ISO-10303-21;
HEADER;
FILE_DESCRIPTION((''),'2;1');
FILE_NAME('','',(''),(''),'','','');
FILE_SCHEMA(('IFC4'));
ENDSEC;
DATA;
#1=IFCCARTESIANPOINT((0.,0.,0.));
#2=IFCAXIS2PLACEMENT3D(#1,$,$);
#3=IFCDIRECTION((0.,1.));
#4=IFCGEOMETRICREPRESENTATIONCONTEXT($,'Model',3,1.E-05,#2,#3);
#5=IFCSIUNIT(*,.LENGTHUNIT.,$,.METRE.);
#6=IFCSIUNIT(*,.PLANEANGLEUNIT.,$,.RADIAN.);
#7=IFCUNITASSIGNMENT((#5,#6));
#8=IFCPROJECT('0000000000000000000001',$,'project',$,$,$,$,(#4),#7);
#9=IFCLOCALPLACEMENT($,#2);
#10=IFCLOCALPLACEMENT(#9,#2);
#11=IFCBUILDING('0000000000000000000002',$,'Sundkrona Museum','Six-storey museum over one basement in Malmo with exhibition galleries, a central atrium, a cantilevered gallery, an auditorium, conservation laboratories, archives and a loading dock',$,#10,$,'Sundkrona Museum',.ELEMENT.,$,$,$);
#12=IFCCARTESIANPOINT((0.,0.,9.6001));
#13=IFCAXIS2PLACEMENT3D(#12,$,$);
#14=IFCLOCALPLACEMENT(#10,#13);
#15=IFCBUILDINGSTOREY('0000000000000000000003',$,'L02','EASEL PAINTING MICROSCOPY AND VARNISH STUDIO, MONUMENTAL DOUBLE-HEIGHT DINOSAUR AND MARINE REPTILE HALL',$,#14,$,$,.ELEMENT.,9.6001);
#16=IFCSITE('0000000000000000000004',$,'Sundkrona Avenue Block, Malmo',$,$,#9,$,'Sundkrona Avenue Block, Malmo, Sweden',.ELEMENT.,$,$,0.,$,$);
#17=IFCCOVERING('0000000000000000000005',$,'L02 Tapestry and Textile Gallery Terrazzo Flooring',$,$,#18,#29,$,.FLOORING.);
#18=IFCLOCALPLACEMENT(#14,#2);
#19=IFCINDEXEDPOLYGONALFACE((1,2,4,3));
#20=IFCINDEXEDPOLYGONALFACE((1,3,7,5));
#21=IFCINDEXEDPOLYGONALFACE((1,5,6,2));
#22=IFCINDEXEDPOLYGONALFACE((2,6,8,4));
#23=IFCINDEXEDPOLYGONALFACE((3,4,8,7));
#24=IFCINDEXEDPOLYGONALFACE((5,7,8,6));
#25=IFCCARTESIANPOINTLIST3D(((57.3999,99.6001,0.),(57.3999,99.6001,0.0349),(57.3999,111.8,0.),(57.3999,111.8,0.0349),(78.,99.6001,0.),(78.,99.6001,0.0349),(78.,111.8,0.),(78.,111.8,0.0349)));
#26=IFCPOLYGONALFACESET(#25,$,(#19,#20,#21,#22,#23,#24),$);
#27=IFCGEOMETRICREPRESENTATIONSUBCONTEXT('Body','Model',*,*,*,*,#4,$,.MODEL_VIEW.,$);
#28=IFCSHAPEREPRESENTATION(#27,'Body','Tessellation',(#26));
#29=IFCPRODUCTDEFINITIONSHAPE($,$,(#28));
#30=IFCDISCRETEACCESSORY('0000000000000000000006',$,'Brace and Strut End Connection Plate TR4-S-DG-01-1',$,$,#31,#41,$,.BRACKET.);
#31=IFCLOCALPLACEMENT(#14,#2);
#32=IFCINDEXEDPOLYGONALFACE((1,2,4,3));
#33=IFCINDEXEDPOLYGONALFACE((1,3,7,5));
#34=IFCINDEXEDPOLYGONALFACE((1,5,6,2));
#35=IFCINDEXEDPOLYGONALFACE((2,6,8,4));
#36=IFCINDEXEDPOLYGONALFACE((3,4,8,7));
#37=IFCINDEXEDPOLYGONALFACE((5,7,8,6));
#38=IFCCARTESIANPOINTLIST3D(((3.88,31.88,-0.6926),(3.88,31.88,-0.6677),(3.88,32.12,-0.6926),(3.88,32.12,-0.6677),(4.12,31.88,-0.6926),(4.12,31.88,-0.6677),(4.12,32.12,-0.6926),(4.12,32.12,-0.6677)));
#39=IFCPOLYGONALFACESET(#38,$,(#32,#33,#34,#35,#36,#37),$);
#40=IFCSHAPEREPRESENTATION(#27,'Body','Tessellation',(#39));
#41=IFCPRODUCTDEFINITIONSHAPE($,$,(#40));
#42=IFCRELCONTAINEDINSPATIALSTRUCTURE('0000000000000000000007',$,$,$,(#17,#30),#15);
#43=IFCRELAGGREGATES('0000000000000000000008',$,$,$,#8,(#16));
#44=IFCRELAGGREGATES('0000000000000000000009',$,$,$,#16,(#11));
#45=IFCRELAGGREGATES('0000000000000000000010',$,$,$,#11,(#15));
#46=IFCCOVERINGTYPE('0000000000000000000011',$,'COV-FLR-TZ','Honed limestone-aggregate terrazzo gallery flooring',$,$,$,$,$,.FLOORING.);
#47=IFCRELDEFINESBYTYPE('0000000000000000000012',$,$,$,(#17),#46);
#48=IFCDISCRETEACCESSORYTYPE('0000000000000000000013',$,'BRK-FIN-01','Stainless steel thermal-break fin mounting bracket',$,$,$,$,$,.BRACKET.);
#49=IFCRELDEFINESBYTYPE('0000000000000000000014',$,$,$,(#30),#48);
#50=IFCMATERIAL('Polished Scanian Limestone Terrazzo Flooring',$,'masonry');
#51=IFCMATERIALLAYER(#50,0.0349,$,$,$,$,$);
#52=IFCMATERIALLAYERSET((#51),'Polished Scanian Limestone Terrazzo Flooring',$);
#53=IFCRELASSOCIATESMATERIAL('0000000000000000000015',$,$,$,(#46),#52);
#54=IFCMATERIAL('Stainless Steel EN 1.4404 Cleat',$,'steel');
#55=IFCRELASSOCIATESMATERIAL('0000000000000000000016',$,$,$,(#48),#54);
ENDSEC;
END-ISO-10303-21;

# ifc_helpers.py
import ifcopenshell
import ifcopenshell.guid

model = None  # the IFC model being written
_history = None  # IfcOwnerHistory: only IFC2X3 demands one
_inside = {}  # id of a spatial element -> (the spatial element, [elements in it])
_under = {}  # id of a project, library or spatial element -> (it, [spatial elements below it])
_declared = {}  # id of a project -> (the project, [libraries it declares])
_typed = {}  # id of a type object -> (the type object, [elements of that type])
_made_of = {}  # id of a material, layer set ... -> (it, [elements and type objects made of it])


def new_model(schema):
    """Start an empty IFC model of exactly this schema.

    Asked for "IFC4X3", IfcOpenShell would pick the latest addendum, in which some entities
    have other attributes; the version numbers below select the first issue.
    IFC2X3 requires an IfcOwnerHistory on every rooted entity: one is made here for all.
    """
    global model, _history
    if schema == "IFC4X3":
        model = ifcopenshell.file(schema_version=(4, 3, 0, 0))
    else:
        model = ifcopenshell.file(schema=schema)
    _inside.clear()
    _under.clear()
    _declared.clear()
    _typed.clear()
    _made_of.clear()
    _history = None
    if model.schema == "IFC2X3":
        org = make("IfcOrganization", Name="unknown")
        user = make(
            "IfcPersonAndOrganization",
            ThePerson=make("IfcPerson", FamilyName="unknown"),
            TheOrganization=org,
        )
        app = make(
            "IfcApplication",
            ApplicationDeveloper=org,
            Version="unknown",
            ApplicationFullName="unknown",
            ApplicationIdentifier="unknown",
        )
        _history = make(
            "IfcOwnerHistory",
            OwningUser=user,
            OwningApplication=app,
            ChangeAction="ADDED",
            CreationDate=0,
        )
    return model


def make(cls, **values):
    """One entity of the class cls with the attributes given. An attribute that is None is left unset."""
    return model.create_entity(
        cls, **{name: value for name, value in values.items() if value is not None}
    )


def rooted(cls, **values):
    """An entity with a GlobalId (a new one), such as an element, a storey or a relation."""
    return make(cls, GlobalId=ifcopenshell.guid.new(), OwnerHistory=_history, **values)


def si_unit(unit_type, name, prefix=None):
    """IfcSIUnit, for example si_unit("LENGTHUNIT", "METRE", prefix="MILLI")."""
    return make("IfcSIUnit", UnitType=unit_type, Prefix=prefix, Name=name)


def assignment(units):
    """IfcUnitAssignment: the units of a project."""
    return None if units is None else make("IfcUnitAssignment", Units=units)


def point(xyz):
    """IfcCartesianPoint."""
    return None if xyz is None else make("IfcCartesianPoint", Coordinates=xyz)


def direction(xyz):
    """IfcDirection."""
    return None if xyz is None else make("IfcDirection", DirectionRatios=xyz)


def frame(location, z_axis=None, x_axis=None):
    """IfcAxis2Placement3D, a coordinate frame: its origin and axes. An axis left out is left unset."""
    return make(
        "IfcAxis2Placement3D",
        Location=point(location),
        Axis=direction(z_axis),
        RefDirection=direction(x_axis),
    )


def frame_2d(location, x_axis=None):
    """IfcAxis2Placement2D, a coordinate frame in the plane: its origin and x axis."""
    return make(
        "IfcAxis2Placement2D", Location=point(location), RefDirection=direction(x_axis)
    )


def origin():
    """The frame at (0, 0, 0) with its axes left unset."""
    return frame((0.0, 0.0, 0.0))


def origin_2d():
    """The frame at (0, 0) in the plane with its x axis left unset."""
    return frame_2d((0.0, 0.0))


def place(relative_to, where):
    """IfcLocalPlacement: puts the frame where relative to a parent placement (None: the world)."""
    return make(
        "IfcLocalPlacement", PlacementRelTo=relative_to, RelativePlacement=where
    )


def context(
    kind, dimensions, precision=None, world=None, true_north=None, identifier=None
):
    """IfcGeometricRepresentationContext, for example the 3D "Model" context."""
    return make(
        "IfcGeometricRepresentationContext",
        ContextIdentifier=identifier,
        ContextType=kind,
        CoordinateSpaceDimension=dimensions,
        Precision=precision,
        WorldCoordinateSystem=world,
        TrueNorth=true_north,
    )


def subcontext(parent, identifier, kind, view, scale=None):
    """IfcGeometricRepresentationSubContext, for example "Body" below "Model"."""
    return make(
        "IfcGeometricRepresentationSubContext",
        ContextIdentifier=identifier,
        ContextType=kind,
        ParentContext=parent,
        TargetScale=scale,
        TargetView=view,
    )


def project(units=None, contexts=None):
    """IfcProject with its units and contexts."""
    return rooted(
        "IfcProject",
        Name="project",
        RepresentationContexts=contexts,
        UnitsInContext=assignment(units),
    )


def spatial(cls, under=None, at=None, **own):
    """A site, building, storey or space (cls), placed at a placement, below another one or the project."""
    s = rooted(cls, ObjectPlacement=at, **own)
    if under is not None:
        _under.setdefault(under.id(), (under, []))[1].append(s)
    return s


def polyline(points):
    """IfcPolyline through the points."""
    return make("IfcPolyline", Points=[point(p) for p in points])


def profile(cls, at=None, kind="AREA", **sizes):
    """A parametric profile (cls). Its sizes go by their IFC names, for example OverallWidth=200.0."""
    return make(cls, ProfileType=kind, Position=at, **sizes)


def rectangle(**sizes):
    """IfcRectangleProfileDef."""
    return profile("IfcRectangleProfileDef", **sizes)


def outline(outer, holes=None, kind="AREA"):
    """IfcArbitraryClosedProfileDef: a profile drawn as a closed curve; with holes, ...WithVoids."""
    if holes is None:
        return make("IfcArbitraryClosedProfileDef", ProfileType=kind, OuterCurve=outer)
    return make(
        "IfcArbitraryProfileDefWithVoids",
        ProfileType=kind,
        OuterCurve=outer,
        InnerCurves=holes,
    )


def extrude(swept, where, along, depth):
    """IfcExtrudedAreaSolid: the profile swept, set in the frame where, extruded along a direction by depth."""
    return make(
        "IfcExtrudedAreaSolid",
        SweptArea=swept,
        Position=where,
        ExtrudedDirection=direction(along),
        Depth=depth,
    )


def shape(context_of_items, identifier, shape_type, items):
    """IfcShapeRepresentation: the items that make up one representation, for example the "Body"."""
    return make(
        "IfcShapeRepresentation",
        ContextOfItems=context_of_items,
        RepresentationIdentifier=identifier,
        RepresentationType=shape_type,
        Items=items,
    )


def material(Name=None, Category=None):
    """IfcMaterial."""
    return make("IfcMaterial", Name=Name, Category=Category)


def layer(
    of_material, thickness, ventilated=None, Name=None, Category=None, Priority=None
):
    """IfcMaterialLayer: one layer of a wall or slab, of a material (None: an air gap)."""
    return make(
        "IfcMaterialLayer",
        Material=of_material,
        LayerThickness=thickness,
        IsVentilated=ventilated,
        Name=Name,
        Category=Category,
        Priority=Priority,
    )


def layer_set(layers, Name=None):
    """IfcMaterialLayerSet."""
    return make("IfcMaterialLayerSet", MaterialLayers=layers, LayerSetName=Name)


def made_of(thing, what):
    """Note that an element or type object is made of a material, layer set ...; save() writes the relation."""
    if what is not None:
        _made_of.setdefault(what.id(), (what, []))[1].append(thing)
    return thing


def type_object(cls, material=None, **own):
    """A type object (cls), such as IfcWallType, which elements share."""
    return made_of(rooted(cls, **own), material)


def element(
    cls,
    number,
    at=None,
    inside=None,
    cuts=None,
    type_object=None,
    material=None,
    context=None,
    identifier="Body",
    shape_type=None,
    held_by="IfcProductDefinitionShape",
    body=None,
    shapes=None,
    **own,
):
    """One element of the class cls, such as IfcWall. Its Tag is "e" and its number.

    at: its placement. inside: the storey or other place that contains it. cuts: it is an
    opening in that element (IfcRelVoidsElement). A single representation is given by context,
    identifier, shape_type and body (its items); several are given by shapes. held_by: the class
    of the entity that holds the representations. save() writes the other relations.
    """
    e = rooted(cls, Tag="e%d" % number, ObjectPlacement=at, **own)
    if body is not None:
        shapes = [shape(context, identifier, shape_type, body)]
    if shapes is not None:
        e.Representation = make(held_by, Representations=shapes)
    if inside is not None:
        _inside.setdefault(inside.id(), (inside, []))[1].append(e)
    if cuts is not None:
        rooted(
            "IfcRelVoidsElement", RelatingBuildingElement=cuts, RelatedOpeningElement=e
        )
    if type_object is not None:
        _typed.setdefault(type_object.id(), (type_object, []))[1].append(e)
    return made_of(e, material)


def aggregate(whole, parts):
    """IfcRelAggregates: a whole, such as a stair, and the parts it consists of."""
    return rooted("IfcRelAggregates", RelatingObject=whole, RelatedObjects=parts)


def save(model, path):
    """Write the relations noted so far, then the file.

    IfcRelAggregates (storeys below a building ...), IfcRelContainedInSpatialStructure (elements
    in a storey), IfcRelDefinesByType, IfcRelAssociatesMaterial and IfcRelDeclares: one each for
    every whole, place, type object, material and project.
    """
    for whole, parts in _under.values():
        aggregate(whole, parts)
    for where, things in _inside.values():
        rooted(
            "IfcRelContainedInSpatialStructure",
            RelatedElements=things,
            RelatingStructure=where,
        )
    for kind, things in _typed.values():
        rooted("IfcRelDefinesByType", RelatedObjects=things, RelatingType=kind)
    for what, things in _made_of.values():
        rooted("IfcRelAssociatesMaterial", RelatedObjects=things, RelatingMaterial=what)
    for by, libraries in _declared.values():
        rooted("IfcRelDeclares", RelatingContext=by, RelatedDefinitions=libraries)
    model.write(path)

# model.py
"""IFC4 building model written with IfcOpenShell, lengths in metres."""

from ifc_helpers import new_model, si_unit, direction, frame, origin, origin_2d, place, context, subcontext, project, spatial, polyline, rectangle, outline, extrude, material, layer, layer_set, type_object, element, save


model = new_model("IFC4")

# Units and contexts
model_context = context("Model", 3, precision=1e-05, world=origin(), true_north=direction((0.0, 1.0)))
body_context = subcontext(model_context, "Body", "Model", "MODEL_VIEW")
ifc_project = project(units=[si_unit("LENGTHUNIT", "METRE"), si_unit("PLANEANGLEUNIT", "RADIAN")], contexts=[model_context])

# Site, building, storey
site_placement = place(None, origin())
site = spatial("IfcSite", under=ifc_project, at=site_placement, Name="Sundkrona Avenue Block, Malmo", LongName="Sundkrona Avenue Block, Malmo, Sweden", CompositionType="ELEMENT", RefElevation=0.0)
building_placement = place(site_placement, origin())
building = spatial("IfcBuilding", under=site, at=building_placement, Name="Sundkrona Museum", Description="Six-storey museum over one basement in Malmo with exhibition galleries, a central atrium, a cantilevered gallery, an auditorium, conservation laboratories, archives and a loading dock", LongName="Sundkrona Museum", CompositionType="ELEMENT")
storey_placement = place(building_placement, frame((0.0, 0.0, 9.6001)))
storey = spatial("IfcBuildingStorey", under=building, at=storey_placement, Name="L02", Description="EASEL PAINTING MICROSCOPY AND VARNISH STUDIO, MONUMENTAL DOUBLE-HEIGHT DINOSAUR AND MARINE REPTILE HALL", CompositionType="ELEMENT", Elevation=9.6001)

# Covering
ifc_material_1 = material(Name="Polished Scanian Limestone Terrazzo Flooring", Category="masonry")
ifc_layer_1 = layer(ifc_material_1, 0.0349)
ifc_layer_set_1 = layer_set([ifc_layer_1], Name="Polished Scanian Limestone Terrazzo Flooring")
covering_type_1 = type_object("IfcCoveringType", Name="COV-FLR-TZ", Description="Honed limestone-aggregate terrazzo gallery flooring", PredefinedType="FLOORING", material=ifc_layer_set_1)
covering_1_placement = place(storey_placement, origin())
element("IfcCovering", 1, at=covering_1_placement, inside=storey, type_object=covering_type_1, Name="L02 Tapestry and Textile Gallery Terrazzo Flooring", PredefinedType="FLOORING", context=body_context, shape_type="SweptSolid", body=[
    extrude(outline(polyline([(57.3999, 99.6001), (78.0, 99.6001), (78.0, 111.8), (57.3999, 111.8), (57.3999, 99.6001)])), origin(), (0.0, 0.0, 1.0), 0.0349),
])

# Discrete accessory
ifc_material_2 = material(Name="Stainless Steel EN 1.4404 Cleat", Category="steel")
discrete_accessory_type = type_object("IfcDiscreteAccessoryType", Name="BRK-FIN-01", Description="Stainless steel thermal-break fin mounting bracket", PredefinedType="BRACKET", material=ifc_material_2)
discrete_accessory_placement = place(storey_placement, frame((4.0, 32.0, -0.6926), z_axis=(0.0, 0.0, 1.0), x_axis=(1.0, 0.0, 0.0)))
element("IfcDiscreteAccessory", 2, at=discrete_accessory_placement, inside=storey, type_object=discrete_accessory_type, Name="Brace and Strut End Connection Plate TR4-S-DG-01-1", PredefinedType="BRACKET", context=body_context, shape_type="SweptSolid", body=[
    extrude(rectangle(XDim=0.24, YDim=0.24, at=origin_2d()), origin(), (0.0, 0.0, 1.0), 0.0249),
])

save(model, "model.ifc")
